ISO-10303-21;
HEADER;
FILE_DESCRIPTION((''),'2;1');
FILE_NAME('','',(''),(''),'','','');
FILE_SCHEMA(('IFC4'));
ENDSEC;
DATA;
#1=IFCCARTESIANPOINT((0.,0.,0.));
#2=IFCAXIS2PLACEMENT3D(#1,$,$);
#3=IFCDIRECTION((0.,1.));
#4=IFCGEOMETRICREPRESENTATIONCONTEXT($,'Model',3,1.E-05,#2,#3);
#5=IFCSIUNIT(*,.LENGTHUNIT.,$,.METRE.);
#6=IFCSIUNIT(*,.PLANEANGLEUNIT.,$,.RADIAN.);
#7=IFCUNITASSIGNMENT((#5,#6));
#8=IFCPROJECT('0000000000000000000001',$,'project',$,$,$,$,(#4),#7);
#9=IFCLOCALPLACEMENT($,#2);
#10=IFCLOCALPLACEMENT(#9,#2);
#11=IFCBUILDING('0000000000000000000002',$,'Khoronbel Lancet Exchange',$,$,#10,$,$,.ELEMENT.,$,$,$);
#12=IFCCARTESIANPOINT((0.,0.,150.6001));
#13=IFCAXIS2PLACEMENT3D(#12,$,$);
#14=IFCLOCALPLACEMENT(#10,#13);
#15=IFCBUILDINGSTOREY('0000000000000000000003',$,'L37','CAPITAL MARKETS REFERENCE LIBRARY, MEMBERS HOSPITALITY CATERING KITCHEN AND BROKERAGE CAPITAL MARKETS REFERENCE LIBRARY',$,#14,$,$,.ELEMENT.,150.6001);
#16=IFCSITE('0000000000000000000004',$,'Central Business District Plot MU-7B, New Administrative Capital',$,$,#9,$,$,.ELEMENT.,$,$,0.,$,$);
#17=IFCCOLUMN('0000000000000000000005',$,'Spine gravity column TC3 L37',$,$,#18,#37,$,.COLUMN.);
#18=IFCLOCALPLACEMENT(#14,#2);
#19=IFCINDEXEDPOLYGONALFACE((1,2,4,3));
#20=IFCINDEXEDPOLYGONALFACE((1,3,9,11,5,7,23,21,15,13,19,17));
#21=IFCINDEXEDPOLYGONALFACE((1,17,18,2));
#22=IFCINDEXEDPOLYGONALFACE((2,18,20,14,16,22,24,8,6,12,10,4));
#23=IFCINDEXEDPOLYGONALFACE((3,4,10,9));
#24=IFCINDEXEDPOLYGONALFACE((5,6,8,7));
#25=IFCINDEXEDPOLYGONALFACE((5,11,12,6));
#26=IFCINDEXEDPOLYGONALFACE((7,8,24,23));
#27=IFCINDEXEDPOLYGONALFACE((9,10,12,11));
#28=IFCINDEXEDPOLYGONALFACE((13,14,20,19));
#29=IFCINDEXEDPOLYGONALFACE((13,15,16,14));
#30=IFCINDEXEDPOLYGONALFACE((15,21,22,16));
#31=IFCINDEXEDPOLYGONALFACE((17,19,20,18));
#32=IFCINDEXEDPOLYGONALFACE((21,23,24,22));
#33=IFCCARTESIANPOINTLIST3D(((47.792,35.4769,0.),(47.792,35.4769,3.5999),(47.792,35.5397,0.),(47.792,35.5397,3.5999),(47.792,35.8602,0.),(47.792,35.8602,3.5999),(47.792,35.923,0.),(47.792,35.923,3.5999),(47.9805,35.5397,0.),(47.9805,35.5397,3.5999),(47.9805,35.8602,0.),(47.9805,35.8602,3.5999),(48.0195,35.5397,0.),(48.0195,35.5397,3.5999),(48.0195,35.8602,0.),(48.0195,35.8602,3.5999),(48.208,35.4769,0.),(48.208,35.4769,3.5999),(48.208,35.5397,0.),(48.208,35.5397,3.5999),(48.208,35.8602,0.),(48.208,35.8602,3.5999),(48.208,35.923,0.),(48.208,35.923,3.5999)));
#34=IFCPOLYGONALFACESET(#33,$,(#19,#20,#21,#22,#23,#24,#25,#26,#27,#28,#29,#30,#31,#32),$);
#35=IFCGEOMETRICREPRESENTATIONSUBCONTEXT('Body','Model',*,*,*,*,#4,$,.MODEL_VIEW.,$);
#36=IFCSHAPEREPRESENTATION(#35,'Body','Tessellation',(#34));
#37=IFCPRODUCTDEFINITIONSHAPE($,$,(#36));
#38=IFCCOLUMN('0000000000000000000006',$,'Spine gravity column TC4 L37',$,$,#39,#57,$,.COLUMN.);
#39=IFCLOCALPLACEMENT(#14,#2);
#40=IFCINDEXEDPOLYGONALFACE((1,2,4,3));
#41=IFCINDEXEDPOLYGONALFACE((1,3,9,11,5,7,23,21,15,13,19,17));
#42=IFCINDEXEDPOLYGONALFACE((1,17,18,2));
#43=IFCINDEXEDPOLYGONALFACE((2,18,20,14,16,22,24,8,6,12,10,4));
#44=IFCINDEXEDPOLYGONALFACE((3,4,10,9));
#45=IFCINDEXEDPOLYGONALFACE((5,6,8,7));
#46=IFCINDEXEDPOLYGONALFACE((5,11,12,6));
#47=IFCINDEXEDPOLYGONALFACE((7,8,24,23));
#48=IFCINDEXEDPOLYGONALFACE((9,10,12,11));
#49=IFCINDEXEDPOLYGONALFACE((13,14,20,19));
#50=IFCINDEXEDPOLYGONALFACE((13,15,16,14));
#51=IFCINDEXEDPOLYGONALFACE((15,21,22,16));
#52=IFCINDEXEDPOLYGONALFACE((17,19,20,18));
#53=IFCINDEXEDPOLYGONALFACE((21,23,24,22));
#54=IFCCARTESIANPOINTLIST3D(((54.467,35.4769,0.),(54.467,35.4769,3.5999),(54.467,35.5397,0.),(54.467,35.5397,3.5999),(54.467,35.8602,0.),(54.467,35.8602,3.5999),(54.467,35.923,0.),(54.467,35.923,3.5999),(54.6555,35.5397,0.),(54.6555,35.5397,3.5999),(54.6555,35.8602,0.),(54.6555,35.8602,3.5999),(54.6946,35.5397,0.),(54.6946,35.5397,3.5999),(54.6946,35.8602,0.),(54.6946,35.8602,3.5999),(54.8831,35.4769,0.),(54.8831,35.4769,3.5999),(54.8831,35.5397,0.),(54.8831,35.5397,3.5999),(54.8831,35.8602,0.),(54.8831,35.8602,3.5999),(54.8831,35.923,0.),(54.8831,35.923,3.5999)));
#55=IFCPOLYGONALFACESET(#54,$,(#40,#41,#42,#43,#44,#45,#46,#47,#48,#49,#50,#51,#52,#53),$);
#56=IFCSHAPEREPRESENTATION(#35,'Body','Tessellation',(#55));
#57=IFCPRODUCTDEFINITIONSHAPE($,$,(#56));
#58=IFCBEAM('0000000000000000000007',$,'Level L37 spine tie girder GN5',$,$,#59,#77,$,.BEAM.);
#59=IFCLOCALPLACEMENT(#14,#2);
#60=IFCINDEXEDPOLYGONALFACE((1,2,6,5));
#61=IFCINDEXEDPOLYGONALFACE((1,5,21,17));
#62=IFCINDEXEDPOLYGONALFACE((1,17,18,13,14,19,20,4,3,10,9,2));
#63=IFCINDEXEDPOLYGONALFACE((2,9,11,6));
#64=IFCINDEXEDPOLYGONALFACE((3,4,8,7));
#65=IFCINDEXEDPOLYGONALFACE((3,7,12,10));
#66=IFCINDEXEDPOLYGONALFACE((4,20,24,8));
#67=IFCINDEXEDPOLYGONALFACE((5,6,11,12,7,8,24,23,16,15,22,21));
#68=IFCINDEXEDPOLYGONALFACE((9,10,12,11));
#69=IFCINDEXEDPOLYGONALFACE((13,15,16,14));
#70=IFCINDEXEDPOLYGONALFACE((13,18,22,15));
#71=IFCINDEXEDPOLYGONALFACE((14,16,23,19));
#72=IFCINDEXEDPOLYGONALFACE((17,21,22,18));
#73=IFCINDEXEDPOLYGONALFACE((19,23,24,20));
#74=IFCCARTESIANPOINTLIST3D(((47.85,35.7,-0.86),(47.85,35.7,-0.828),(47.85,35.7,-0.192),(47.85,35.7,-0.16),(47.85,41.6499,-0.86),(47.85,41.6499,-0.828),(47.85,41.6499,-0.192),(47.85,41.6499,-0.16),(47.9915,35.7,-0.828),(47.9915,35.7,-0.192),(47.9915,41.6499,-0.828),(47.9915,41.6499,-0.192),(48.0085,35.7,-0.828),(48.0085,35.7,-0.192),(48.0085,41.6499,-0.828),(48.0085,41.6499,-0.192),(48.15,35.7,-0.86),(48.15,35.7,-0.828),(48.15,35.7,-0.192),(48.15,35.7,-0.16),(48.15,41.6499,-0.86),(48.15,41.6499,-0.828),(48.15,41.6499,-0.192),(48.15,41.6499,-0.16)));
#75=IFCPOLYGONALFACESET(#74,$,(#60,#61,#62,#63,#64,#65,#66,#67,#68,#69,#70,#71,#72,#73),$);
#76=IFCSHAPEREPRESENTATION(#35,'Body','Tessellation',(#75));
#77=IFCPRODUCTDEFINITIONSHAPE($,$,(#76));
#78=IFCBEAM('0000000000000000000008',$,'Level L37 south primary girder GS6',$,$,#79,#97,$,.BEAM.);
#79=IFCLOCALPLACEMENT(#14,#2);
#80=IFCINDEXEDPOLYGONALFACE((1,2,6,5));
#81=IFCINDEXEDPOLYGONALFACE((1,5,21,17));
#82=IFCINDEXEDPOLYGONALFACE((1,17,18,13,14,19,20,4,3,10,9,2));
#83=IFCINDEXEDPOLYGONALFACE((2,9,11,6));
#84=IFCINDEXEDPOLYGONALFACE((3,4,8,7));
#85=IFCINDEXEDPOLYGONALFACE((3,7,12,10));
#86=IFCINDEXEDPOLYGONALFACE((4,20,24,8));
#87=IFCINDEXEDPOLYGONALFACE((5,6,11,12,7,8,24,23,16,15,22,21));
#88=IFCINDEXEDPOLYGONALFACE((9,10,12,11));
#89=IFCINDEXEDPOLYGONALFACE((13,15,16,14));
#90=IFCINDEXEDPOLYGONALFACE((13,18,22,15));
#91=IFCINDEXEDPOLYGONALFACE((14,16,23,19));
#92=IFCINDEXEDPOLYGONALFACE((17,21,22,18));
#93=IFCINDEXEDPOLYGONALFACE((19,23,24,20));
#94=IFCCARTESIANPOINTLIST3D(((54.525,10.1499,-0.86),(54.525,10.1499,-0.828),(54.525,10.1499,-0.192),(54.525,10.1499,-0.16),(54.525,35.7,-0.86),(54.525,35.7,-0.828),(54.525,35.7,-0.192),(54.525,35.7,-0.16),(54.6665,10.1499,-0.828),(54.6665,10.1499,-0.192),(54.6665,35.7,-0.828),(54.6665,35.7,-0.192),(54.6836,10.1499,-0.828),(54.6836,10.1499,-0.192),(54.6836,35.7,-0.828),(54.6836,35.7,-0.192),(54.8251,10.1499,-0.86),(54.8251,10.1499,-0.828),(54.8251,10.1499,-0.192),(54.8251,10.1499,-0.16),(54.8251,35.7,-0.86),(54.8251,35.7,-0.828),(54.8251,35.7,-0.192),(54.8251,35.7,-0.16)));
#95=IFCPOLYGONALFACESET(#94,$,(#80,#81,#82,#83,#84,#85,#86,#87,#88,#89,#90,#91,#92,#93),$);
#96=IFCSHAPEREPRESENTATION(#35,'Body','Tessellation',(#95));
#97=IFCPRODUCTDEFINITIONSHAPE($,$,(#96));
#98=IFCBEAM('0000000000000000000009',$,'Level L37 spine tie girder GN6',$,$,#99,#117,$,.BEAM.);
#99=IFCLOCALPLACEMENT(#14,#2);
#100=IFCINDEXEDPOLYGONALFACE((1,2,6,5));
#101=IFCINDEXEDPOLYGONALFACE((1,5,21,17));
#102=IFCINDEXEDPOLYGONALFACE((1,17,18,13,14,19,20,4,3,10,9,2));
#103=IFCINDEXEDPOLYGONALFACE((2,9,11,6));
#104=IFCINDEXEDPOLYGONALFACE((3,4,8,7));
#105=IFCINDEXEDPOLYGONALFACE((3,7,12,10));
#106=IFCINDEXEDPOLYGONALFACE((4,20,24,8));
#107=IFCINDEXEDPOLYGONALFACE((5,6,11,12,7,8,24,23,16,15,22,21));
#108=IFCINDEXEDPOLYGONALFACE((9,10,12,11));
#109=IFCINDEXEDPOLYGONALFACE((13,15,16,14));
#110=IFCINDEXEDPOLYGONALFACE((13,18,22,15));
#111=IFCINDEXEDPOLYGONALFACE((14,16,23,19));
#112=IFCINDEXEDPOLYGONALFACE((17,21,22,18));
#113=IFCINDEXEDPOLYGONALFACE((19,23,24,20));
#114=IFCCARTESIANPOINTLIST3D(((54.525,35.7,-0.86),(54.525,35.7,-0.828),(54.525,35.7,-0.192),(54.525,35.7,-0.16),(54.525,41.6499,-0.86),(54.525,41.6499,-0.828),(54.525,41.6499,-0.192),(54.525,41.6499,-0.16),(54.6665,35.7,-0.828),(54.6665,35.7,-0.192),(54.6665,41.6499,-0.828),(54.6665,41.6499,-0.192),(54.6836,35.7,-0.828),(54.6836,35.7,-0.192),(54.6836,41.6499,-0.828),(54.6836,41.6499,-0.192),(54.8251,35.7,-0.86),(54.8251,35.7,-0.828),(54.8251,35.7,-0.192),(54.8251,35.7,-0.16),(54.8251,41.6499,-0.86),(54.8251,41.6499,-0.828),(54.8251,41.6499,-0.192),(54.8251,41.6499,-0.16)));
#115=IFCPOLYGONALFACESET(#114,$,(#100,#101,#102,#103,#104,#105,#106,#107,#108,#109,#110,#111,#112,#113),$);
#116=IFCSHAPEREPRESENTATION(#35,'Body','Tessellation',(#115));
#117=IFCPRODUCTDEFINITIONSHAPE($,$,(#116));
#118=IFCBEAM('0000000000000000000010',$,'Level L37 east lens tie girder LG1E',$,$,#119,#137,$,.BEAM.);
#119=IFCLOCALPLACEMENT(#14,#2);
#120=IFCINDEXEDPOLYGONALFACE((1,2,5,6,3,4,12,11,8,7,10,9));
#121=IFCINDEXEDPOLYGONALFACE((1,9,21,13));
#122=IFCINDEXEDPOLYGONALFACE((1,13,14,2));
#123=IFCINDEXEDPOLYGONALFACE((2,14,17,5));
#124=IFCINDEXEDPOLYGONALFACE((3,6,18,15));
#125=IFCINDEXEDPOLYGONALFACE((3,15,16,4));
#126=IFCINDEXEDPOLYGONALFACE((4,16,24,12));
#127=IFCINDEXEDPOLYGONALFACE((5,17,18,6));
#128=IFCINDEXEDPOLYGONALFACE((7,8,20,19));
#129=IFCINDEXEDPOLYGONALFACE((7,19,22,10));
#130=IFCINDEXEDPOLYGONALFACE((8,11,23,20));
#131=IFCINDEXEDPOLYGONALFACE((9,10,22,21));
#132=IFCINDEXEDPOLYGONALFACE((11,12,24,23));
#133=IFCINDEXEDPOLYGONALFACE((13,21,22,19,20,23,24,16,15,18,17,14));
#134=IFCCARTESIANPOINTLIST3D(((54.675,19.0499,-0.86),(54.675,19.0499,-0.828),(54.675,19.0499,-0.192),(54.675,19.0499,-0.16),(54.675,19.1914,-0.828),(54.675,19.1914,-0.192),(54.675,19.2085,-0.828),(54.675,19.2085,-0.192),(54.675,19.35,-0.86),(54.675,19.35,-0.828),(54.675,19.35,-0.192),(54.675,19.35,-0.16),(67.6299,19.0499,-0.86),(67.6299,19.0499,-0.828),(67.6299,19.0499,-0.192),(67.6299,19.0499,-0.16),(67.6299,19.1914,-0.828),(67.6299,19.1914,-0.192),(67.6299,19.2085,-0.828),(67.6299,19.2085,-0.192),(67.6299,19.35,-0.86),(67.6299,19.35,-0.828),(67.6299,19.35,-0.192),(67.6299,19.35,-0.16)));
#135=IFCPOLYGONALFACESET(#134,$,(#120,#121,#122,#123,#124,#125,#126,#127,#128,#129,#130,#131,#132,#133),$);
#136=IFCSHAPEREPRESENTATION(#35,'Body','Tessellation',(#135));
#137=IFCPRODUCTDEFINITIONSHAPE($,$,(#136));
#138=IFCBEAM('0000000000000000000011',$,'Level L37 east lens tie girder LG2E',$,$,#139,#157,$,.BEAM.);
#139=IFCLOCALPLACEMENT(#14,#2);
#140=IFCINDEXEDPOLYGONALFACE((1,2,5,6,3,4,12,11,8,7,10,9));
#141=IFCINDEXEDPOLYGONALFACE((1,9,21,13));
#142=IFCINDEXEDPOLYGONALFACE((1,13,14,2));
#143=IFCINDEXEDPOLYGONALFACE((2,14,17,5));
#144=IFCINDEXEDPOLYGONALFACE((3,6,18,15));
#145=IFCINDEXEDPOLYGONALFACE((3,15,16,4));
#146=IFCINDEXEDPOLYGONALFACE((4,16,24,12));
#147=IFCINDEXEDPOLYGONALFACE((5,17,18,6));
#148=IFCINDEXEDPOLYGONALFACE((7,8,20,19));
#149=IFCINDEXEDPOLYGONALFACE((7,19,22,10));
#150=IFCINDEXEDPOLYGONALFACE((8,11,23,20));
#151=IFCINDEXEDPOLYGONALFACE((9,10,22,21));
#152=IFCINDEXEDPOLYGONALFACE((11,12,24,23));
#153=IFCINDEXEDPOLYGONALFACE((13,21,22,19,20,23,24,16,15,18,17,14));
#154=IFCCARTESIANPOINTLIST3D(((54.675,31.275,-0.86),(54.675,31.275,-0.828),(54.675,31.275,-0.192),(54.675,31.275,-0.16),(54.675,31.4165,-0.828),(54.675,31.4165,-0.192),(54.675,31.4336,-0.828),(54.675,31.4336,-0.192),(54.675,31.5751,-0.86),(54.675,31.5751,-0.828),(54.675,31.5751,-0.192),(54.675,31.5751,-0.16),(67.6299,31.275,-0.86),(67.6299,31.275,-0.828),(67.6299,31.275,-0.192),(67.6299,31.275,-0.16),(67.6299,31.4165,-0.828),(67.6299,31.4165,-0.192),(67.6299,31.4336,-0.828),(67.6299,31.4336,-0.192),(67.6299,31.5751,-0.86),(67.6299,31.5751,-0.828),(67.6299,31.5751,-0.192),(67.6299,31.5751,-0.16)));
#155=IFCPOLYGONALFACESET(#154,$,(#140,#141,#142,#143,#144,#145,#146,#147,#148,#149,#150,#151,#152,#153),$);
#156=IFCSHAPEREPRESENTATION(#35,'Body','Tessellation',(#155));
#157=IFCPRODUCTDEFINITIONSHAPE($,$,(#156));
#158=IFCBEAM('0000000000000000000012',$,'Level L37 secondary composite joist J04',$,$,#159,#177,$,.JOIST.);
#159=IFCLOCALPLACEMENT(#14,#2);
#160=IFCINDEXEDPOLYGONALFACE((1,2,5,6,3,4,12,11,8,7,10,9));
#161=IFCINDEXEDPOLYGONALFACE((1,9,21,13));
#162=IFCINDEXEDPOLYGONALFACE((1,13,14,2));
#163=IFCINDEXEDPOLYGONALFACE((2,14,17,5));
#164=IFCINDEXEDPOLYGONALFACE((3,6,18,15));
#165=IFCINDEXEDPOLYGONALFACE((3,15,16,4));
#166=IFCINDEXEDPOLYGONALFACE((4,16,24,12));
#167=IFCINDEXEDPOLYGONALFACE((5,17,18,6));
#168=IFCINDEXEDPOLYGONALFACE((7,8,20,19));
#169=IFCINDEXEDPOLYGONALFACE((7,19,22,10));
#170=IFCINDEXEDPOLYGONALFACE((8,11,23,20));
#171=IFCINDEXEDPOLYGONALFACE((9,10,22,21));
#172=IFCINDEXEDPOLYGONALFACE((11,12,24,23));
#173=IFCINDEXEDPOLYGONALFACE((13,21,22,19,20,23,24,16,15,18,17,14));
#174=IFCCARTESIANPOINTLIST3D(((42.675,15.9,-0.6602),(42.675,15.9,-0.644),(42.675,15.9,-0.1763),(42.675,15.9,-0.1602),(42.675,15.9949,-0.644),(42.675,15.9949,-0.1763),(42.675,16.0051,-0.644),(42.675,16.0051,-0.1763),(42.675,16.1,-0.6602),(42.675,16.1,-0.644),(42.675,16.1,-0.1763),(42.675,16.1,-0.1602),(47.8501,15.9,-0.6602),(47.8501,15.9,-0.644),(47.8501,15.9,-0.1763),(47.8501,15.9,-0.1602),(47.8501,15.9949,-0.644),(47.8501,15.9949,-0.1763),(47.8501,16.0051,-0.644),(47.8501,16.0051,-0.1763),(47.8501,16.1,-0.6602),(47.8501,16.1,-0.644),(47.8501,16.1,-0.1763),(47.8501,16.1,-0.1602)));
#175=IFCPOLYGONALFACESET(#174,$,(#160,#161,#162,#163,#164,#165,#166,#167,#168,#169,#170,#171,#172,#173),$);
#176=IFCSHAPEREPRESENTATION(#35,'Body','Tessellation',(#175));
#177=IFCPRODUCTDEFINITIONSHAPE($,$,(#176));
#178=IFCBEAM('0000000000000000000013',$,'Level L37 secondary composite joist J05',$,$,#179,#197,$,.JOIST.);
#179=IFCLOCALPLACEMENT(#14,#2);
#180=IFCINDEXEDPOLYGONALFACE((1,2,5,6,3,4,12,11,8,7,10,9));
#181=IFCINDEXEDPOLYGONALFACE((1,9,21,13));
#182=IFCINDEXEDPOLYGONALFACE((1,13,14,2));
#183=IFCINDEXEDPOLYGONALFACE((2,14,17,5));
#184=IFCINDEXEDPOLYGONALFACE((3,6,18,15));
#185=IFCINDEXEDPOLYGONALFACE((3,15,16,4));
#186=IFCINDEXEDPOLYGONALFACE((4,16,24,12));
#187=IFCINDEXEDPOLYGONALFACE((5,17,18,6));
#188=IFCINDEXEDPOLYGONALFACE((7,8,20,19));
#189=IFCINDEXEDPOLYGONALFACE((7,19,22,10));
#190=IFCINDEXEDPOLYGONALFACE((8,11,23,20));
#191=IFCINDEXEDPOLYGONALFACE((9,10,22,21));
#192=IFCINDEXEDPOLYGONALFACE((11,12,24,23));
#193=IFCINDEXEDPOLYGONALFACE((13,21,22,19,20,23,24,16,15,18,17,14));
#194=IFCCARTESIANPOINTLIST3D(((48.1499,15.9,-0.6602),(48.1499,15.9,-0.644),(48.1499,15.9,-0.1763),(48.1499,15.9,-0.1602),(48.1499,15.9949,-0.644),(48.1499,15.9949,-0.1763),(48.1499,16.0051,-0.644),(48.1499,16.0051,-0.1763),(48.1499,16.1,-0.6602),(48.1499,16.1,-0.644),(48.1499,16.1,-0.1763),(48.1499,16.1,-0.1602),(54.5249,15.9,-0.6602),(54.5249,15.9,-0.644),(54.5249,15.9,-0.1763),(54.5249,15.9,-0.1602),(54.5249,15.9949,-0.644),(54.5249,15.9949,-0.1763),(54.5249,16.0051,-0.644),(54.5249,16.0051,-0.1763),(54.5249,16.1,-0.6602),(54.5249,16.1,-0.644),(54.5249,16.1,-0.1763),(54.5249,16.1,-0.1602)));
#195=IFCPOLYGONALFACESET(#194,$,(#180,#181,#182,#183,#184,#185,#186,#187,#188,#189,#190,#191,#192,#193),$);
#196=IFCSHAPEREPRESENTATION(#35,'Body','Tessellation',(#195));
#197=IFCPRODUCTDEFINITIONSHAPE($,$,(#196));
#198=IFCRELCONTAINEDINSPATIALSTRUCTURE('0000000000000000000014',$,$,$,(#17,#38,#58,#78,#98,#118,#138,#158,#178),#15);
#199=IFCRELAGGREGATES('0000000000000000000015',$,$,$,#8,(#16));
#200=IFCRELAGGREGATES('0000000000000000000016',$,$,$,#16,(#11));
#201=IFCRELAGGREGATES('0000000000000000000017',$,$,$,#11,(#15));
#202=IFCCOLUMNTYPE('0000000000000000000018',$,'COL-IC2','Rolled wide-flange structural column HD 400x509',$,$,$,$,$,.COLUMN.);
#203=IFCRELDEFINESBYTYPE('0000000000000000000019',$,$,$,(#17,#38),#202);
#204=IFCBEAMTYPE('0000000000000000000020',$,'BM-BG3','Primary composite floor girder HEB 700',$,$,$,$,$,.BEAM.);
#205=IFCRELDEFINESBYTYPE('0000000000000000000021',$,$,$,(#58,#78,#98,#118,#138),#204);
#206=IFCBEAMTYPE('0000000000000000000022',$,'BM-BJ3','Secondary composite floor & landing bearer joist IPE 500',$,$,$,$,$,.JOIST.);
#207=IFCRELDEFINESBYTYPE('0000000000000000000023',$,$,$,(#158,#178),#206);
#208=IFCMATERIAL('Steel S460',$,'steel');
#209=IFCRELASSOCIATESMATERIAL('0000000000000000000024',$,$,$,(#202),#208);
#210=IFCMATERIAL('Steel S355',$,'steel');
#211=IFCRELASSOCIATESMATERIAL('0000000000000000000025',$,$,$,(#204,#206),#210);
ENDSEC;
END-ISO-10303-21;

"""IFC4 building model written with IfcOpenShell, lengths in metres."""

from ifc_helpers import new_model, si_unit, direction, frame, origin, origin_2d, place, context, subcontext, project, spatial, i_section, extrude, material, material_profile, profile_set, type_object, element, save


model = new_model("IFC4")

# Units and contexts
model_context = context("Model", 3, precision=1e-05, world=origin(), true_north=direction((0.0, 1.0)))
body_context = subcontext(model_context, "Body", "Model", "MODEL_VIEW")
ifc_project = project(units=[si_unit("LENGTHUNIT", "METRE"), si_unit("PLANEANGLEUNIT", "RADIAN")], contexts=[model_context])

# Site, building, storey
site_placement = place(None, origin())
site = spatial("IfcSite", under=ifc_project, at=site_placement, Name="Central Business District Plot MU-7B, New Administrative Capital", CompositionType="ELEMENT", RefElevation=0.0)
building_placement = place(site_placement, origin())
building = spatial("IfcBuilding", under=site, at=building_placement, Name="Khoronbel Lancet Exchange", CompositionType="ELEMENT")
storey_placement = place(building_placement, frame((0.0, 0.0, 150.6001)))
storey = spatial("IfcBuildingStorey", under=building, at=storey_placement, Name="L37", Description="CAPITAL MARKETS REFERENCE LIBRARY, MEMBERS HOSPITALITY CATERING KITCHEN AND BROKERAGE CAPITAL MARKETS REFERENCE LIBRARY", CompositionType="ELEMENT", Elevation=150.6001)

# Columns
ifc_material_1 = material(Name="Steel S460", Category="steel")
ifc_material_profile_1 = material_profile(ifc_material_1, i_section(OverallWidth=0.416, OverallDepth=0.446, WebThickness=0.0391, FlangeThickness=0.0627, at=origin_2d()), Name="HD 400x509")
ifc_profile_set_1 = profile_set([ifc_material_profile_1], Name="Steel S460")
column_type = type_object("IfcColumnType", Name="COL-IC2", Description="Rolled wide-flange structural column HD 400x509", PredefinedType="COLUMN", material=ifc_profile_set_1)
for number, where, z_axis, x_axis, name in (
    (1, (48.0, 35.7, 0.0), (0.0, 0.0, 1.0), (1.0, 0.0, 0.0), "Spine gravity column TC3 L37"),
    (2, (54.675, 35.7, 0.0), (0.0, 0.0, 1.0), (1.0, 0.0, 0.0), "Spine gravity column TC4 L37"),
):
    element("IfcColumn", number, at=place(storey_placement, frame(where, z_axis=z_axis, x_axis=x_axis)), inside=storey, type_object=column_type, Name=name, PredefinedType="COLUMN", context=body_context, shape_type="SweptSolid", body=[
        extrude(i_section(OverallWidth=0.416, OverallDepth=0.446, WebThickness=0.0391, FlangeThickness=0.0627, at=origin_2d()), origin(), (0.0, 0.0, 1.0), 3.5999),
    ])

# Beams
ifc_material_2 = material(Name="Steel S355", Category="steel")
ifc_material_profile_2 = material_profile(ifc_material_2, i_section(OverallWidth=0.3, OverallDepth=0.7, WebThickness=0.0171, FlangeThickness=0.032, at=origin_2d()), Name="HEB 700")
ifc_profile_set_2 = profile_set([ifc_material_profile_2], Name="Steel S355")
beam_type_1 = type_object("IfcBeamType", Name="BM-BG3", Description="Primary composite floor girder HEB 700", PredefinedType="BEAM", material=ifc_profile_set_2)
beam_1_placement = place(storey_placement, frame((48.0, 35.7, -0.51), z_axis=(0.0, 1.0, 0.0), x_axis=(-1.0, 0.0, 0.0)))
element("IfcBeam", 3, at=beam_1_placement, inside=storey, type_object=beam_type_1, Name="Level L37 spine tie girder GN5", PredefinedType="BEAM", context=body_context, shape_type="SweptSolid", body=[
    extrude(i_section(OverallWidth=0.3, OverallDepth=0.7, WebThickness=0.0171, FlangeThickness=0.032, at=origin_2d()), origin(), (0.0, 0.0, 1.0), 5.95),
])
beam_2_placement = place(storey_placement, frame((54.675, 10.1499, -0.51), z_axis=(0.0, 1.0, 0.0), x_axis=(-1.0, 0.0, 0.0)))
element("IfcBeam", 4, at=beam_2_placement, inside=storey, type_object=beam_type_1, Name="Level L37 south primary girder GS6", PredefinedType="BEAM", context=body_context, shape_type="SweptSolid", body=[
    extrude(i_section(OverallWidth=0.3, OverallDepth=0.7, WebThickness=0.0171, FlangeThickness=0.032, at=origin_2d()), origin(), (0.0, 0.0, 1.0), 25.55),
])
beam_3_placement = place(storey_placement, frame((54.675, 35.7, -0.51), z_axis=(0.0, 1.0, 0.0), x_axis=(-1.0, 0.0, 0.0)))
element("IfcBeam", 5, at=beam_3_placement, inside=storey, type_object=beam_type_1, Name="Level L37 spine tie girder GN6", PredefinedType="BEAM", context=body_context, shape_type="SweptSolid", body=[
    extrude(i_section(OverallWidth=0.3, OverallDepth=0.7, WebThickness=0.0171, FlangeThickness=0.032, at=origin_2d()), origin(), (0.0, 0.0, 1.0), 5.95),
])
for number, where, z_axis, x_axis, name in (
    (6, (54.675, 19.2, -0.51), (1.0, 0.0, 0.0), (0.0, 1.0, 0.0), "Level L37 east lens tie girder LG1E"),
    (7, (54.675, 31.425, -0.51), (1.0, 0.0, 0.0), (0.0, 1.0, 0.0), "Level L37 east lens tie girder LG2E"),
):
    element("IfcBeam", number, at=place(storey_placement, frame(where, z_axis=z_axis, x_axis=x_axis)), inside=storey, type_object=beam_type_1, Name=name, PredefinedType="BEAM", context=body_context, shape_type="SweptSolid", body=[
        extrude(i_section(OverallWidth=0.3, OverallDepth=0.7, WebThickness=0.0171, FlangeThickness=0.032, at=origin_2d()), origin(), (0.0, 0.0, 1.0), 12.9548),
    ])
ifc_material_profile_3 = material_profile(ifc_material_2, i_section(OverallWidth=0.2, OverallDepth=0.5, WebThickness=0.0103, FlangeThickness=0.0161, at=origin_2d()), Name="IPE 500")
ifc_profile_set_3 = profile_set([ifc_material_profile_3], Name="Steel S355")
beam_type_2 = type_object("IfcBeamType", Name="BM-BJ3", Description="Secondary composite floor & landing bearer joist IPE 500", PredefinedType="JOIST", material=ifc_profile_set_3)
beam_4_placement = place(storey_placement, frame((42.675, 16.0, -0.4102), z_axis=(1.0, 0.0, 0.0), x_axis=(0.0, 1.0, 0.0)))
element("IfcBeam", 8, at=beam_4_placement, inside=storey, type_object=beam_type_2, Name="Level L37 secondary composite joist J04", PredefinedType="JOIST", context=body_context, shape_type="SweptSolid", body=[
    extrude(i_section(OverallWidth=0.2, OverallDepth=0.5, WebThickness=0.0103, FlangeThickness=0.0161, at=origin_2d()), origin(), (0.0, 0.0, 1.0), 5.175),
])
beam_5_placement = place(storey_placement, frame((48.1499, 16.0, -0.4102), z_axis=(1.0, 0.0, 0.0), x_axis=(0.0, 1.0, 0.0)))
element("IfcBeam", 9, at=beam_5_placement, inside=storey, type_object=beam_type_2, Name="Level L37 secondary composite joist J05", PredefinedType="JOIST", context=body_context, shape_type="SweptSolid", body=[
    extrude(i_section(OverallWidth=0.2, OverallDepth=0.5, WebThickness=0.0103, FlangeThickness=0.0161, at=origin_2d()), origin(), (0.0, 0.0, 1.0), 6.375),
])

save(model, "model.ifc")
